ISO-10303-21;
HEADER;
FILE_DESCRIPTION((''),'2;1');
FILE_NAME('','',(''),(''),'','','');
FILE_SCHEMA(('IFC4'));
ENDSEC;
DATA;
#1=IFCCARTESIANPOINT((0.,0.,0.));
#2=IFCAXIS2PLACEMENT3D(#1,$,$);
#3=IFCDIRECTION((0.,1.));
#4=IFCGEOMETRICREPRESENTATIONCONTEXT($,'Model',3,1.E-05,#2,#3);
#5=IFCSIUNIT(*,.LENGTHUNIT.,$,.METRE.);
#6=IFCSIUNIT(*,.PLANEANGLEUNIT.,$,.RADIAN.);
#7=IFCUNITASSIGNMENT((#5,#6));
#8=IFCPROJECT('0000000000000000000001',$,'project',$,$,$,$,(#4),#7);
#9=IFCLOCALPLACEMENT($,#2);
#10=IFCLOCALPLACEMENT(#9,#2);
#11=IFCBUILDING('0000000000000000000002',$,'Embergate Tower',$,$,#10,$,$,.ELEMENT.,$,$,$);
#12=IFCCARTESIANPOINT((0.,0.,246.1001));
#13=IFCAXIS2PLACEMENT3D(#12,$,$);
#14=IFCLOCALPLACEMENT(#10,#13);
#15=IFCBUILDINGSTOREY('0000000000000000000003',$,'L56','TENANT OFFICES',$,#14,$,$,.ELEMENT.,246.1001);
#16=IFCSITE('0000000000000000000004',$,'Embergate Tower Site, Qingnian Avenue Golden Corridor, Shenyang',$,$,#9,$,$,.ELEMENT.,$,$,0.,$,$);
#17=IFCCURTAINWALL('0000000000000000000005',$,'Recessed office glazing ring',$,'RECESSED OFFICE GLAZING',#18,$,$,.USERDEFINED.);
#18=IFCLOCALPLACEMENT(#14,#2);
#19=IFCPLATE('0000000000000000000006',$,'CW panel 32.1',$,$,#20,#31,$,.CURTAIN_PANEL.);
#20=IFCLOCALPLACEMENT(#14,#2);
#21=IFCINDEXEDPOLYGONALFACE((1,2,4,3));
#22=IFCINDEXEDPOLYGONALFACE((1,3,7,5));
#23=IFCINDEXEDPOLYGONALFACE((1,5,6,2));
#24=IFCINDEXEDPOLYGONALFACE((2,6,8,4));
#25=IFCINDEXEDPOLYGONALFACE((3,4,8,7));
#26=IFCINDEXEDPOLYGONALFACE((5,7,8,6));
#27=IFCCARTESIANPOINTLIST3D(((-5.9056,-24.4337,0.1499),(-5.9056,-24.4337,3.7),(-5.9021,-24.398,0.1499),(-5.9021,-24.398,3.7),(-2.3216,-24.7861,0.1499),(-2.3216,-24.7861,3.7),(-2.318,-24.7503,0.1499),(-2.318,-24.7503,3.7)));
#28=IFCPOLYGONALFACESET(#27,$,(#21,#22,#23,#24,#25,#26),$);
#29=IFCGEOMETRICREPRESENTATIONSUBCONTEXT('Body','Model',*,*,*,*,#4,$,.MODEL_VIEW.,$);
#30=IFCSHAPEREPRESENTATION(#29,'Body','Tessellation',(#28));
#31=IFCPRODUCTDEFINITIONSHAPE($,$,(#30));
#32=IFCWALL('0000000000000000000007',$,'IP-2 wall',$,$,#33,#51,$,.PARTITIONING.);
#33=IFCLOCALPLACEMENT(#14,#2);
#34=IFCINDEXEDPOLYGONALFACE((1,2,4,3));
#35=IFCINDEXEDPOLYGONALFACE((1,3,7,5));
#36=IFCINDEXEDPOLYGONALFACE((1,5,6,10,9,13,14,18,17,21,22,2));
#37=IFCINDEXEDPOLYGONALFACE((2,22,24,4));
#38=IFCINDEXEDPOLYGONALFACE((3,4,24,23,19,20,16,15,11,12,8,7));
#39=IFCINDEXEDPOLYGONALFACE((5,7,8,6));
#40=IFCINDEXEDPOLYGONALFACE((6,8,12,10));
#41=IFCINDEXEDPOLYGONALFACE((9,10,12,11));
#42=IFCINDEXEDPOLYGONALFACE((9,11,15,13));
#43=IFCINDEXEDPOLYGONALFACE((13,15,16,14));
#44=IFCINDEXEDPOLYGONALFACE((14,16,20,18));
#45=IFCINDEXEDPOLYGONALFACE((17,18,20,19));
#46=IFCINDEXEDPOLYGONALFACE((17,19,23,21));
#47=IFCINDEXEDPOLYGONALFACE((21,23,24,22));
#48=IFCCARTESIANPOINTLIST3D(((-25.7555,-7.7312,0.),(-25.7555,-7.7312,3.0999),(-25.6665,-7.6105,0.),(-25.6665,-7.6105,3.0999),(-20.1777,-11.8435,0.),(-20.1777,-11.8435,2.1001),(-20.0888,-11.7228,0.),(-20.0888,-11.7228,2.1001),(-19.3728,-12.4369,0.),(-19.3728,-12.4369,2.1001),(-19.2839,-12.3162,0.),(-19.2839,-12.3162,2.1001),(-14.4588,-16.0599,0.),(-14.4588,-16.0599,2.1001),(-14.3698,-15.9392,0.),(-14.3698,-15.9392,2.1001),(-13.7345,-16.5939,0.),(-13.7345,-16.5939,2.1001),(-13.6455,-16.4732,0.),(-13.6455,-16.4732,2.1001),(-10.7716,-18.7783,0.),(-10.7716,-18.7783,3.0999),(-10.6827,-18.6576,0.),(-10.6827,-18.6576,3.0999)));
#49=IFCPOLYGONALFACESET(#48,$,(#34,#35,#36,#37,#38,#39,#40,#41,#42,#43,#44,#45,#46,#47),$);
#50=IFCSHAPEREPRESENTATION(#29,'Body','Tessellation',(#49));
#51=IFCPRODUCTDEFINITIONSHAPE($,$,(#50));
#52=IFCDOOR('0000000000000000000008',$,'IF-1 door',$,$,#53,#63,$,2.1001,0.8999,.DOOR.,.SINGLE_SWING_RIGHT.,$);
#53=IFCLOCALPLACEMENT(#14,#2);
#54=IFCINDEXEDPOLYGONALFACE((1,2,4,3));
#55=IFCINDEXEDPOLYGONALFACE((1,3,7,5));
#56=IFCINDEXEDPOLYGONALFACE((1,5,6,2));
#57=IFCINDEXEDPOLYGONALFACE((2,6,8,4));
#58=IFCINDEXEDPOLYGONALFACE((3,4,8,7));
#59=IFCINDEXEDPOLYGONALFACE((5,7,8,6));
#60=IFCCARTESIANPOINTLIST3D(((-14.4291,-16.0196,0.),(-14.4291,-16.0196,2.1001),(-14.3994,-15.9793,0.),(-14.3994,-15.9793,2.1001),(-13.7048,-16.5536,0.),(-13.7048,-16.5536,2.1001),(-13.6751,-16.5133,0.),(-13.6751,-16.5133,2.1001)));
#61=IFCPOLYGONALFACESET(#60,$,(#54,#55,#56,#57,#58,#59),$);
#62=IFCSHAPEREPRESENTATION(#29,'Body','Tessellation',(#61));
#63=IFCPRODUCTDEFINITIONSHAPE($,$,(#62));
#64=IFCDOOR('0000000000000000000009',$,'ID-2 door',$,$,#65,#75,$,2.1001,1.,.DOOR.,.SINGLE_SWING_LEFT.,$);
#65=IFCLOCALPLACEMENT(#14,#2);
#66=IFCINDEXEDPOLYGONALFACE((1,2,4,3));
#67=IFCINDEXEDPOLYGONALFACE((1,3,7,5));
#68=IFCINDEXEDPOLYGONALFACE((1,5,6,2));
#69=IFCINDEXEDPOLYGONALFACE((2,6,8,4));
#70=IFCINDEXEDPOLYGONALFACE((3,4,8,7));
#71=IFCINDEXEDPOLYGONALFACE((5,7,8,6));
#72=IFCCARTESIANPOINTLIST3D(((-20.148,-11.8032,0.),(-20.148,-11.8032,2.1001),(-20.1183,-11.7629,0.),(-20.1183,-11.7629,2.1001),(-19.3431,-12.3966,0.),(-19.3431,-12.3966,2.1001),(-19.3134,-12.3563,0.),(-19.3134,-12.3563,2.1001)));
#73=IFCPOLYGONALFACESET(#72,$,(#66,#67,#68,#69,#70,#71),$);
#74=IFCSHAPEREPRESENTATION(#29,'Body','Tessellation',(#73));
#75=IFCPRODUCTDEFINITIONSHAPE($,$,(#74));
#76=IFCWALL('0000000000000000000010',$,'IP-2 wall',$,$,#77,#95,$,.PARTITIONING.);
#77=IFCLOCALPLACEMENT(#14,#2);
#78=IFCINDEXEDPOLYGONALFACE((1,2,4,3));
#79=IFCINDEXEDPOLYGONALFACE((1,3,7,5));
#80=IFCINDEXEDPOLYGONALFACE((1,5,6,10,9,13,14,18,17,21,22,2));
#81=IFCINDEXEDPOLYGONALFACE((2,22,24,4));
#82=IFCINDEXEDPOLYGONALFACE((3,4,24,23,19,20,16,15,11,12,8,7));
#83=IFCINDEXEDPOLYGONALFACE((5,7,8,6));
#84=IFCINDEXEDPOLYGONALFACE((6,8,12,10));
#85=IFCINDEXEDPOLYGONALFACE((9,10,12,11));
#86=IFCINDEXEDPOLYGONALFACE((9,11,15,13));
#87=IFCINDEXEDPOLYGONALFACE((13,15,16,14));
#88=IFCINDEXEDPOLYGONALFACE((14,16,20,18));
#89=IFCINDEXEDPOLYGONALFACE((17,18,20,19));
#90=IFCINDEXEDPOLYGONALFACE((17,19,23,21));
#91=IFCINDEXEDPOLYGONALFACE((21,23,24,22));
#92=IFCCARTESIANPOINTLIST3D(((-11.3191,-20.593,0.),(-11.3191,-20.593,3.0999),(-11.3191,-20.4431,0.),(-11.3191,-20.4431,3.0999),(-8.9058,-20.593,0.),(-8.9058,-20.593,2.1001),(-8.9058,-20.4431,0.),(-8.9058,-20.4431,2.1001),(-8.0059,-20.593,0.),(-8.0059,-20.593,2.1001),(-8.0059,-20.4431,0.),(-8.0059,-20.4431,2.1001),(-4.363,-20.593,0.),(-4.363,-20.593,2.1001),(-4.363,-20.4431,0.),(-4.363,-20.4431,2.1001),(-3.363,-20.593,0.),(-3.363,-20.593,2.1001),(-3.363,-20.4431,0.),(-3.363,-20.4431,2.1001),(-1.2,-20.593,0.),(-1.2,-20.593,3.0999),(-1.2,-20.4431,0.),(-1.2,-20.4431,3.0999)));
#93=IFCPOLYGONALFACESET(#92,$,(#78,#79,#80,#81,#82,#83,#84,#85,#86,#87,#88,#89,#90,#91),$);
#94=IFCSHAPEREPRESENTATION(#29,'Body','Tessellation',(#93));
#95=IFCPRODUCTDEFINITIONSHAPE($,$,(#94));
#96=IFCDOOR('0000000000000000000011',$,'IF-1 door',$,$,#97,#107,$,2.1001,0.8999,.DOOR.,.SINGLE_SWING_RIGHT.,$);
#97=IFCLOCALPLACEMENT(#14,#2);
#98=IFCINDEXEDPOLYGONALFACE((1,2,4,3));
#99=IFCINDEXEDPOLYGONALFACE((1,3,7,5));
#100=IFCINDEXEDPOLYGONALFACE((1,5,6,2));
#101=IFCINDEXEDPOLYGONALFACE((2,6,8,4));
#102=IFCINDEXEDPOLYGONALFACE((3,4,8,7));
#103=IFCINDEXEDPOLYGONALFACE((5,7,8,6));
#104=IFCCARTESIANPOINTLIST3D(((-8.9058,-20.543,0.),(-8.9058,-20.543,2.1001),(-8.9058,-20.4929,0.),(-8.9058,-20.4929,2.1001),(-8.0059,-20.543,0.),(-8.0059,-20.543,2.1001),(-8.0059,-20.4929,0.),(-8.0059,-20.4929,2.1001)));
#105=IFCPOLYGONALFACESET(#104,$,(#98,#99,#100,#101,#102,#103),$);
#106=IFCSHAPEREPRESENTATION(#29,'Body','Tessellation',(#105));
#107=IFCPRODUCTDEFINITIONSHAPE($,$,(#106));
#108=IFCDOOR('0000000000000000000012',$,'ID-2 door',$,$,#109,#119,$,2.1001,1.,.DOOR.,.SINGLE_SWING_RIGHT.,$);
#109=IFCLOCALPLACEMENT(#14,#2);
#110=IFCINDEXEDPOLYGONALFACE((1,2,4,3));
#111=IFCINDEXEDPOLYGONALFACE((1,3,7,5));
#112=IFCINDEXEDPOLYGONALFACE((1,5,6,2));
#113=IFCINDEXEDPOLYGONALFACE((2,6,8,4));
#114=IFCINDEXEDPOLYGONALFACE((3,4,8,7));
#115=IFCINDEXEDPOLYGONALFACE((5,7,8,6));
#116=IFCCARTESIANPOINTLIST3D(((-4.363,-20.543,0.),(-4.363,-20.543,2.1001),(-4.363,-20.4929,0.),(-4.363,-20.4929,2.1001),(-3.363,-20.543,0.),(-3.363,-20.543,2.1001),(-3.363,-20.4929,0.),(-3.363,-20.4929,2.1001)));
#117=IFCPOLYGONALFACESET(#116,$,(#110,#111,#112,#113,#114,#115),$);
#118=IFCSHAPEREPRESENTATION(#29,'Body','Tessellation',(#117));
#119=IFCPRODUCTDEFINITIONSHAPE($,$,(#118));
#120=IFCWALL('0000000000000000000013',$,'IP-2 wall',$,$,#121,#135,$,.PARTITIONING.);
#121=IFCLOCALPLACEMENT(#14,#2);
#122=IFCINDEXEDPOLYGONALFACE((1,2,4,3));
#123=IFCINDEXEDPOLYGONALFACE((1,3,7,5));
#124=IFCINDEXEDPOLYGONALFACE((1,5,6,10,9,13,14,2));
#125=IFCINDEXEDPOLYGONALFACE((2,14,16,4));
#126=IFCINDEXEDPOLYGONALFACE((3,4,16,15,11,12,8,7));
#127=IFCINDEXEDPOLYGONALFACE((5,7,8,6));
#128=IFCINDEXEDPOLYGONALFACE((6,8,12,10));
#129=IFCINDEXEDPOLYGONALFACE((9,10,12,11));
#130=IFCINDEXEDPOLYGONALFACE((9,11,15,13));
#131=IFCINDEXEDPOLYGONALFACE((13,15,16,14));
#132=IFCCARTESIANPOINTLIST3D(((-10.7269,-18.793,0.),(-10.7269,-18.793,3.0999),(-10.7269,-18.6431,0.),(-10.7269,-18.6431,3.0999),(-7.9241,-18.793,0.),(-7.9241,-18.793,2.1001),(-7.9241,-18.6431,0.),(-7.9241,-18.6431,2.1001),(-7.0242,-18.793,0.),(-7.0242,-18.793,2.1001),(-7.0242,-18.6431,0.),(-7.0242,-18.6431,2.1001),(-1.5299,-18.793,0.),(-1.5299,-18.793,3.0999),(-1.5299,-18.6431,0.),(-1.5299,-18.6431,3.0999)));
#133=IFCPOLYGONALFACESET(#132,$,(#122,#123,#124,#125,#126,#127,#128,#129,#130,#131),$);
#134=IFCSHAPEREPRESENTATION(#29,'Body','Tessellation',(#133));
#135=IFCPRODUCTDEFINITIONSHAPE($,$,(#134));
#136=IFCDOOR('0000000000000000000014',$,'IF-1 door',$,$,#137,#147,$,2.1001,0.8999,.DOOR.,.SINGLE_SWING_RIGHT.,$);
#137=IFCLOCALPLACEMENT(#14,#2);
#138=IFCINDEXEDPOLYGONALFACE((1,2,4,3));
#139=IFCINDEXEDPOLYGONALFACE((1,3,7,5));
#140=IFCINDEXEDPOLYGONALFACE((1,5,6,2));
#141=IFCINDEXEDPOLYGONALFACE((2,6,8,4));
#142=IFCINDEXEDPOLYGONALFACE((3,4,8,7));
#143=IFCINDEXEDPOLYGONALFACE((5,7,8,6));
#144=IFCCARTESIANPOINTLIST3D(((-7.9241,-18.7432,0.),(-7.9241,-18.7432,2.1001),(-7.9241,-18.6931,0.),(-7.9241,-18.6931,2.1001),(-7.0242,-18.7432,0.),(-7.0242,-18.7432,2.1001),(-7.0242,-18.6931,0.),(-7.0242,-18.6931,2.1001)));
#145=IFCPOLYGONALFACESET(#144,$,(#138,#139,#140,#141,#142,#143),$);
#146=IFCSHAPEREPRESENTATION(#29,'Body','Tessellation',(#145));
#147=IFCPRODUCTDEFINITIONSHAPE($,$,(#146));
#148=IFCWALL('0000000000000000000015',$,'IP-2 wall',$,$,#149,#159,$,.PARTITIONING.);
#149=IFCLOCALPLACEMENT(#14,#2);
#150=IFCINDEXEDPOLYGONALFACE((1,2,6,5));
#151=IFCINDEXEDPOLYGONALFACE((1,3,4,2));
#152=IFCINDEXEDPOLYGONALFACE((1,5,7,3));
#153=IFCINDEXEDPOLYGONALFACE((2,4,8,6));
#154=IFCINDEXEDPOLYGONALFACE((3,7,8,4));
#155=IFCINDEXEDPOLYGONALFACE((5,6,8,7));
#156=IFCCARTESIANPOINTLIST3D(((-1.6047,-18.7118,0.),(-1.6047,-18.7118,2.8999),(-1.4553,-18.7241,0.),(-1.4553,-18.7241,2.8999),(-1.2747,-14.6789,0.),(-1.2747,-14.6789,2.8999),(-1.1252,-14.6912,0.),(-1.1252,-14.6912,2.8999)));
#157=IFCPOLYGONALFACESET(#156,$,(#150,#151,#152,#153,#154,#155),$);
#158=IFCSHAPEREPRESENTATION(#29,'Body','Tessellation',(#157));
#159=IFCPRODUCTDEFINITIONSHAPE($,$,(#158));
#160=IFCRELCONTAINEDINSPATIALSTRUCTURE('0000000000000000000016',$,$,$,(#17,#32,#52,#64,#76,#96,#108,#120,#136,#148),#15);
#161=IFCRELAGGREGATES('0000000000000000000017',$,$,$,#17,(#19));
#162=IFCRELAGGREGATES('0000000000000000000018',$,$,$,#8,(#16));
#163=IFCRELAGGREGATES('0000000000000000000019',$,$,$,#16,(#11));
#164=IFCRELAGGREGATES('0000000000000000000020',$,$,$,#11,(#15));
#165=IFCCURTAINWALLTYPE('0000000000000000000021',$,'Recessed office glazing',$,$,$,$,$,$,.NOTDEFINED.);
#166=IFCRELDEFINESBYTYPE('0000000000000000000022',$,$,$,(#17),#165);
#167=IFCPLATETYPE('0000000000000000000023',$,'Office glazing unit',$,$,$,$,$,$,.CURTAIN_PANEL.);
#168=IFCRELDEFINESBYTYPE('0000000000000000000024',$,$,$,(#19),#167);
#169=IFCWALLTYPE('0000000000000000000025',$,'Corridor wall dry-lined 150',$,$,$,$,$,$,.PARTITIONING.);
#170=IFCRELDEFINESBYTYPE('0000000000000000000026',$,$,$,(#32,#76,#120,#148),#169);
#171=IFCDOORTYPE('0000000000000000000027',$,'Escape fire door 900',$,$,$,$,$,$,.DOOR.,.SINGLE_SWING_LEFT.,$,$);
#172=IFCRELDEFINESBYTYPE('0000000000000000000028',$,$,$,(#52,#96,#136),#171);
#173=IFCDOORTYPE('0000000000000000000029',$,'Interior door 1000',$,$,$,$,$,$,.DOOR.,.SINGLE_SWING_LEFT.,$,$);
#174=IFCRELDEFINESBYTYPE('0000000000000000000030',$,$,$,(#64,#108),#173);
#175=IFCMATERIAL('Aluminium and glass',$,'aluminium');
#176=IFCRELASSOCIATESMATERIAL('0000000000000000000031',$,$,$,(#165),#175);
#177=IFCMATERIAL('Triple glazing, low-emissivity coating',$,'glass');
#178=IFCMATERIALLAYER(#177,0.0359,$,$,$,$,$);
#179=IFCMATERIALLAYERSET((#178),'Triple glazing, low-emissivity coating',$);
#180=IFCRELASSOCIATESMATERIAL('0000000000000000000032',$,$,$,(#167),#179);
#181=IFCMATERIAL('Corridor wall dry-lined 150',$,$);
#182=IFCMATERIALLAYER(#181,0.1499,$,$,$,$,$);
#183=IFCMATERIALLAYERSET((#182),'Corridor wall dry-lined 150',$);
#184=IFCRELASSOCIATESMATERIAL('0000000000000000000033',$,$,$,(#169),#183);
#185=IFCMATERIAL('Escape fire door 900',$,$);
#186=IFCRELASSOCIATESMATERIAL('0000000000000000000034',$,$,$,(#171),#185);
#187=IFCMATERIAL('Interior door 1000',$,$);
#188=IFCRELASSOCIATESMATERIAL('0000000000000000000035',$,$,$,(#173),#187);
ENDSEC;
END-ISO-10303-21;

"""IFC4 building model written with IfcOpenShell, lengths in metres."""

from ifc_helpers import new_model, si_unit, direction, frame, frame_2d, origin, origin_2d, place, context, subcontext, project, spatial, rectangle, extrude, source, transform, mapped, material, layer, layer_set, type_object, element, fill, aggregate, save


model = new_model("IFC4")

# Units and contexts
model_context = context("Model", 3, precision=1e-05, world=origin(), true_north=direction((0.0, 1.0)))
body_context = subcontext(model_context, "Body", "Model", "MODEL_VIEW")
ifc_project = project(units=[si_unit("LENGTHUNIT", "METRE"), si_unit("PLANEANGLEUNIT", "RADIAN")], contexts=[model_context])

# Site, building, storey
site_placement = place(None, origin())
site = spatial("IfcSite", under=ifc_project, at=site_placement, Name="Embergate Tower Site, Qingnian Avenue Golden Corridor, Shenyang", CompositionType="ELEMENT", RefElevation=0.0)
building_placement = place(site_placement, origin())
building = spatial("IfcBuilding", under=site, at=building_placement, Name="Embergate Tower", CompositionType="ELEMENT")
storey_placement = place(building_placement, frame((0.0, 0.0, 246.1001)))
storey = spatial("IfcBuildingStorey", under=building, at=storey_placement, Name="L56", Description="TENANT OFFICES", CompositionType="ELEMENT", Elevation=246.1001)

# Curtain wall, plate
ifc_material_1 = material(Name="Aluminium and glass", Category="aluminium")
curtain_wall_type = type_object("IfcCurtainWallType", Name="Recessed office glazing", PredefinedType="NOTDEFINED", material=ifc_material_1)
curtain_wall_placement = place(storey_placement, origin())
curtain_wall = element("IfcCurtainWall", 1, at=curtain_wall_placement, inside=storey, type_object=curtain_wall_type, Name="Recessed office glazing ring", ObjectType="RECESSED OFFICE GLAZING", PredefinedType="USERDEFINED")
ifc_material_2 = material(Name="Triple glazing, low-emissivity coating", Category="glass")
ifc_layer_1 = layer(ifc_material_2, 0.0359)
ifc_layer_set_1 = layer_set([ifc_layer_1], Name="Triple glazing, low-emissivity coating")
plate_type = type_object("IfcPlateType", Name="Office glazing unit", PredefinedType="CURTAIN_PANEL", material=ifc_layer_set_1)
shared_shape_1 = source(origin(), body_context, "Body", "SweptSolid", [
    extrude(rectangle(XDim=3.6013, YDim=0.0359, at=origin_2d()), origin(), (0.0, 0.0, 1.0), 3.55),
])
plate_1_placement = place(storey_placement, frame((-4.1118, -24.592, 0.1499), z_axis=(0.0, 0.0, 1.0), x_axis=(0.995203, -0.09783, 0.0)))
plate_1 = element("IfcPlate", 2, at=plate_1_placement, type_object=plate_type, Name="CW panel 32.1", PredefinedType="CURTAIN_PANEL", context=body_context, shape_type="MappedRepresentation", body=[
    mapped(shared_shape_1, transform((0.0, 0.0, 0.0))),
])
aggregate(curtain_wall, [plate_1])

# Walls, openings, doors
ifc_material_3 = material(Name="Corridor wall dry-lined 150")
ifc_layer_2 = layer(ifc_material_3, 0.1499)
ifc_layer_set_2 = layer_set([ifc_layer_2], Name="Corridor wall dry-lined 150")
wall_type_1 = type_object("IfcWallType", Name="Corridor wall dry-lined 150", PredefinedType="PARTITIONING", material=ifc_layer_set_2)
shared_shape_2 = source(origin(), body_context, "Body", "SweptSolid", [
    extrude(rectangle(XDim=18.616, YDim=0.1499, at=frame_2d((9.3081, 0.0))), origin(), (0.0, 0.0, 1.0), 3.0999),
])
wall_1_placement = place(storey_placement, frame((-10.7271, -18.718, 0.0), z_axis=(0.0, 0.0, 1.0), x_axis=(-0.804893, 0.59342, 0.0)))
wall_1 = element("IfcWall", 3, at=wall_1_placement, inside=storey, type_object=wall_type_1, Name="IP-2 wall", PredefinedType="PARTITIONING", context=body_context, shape_type="MappedRepresentation", body=[
    mapped(shared_shape_2, transform((0.0, 0.0, 0.0))),
])
shared_shape_3 = source(origin(), body_context, "Body", "SweptSolid", [
    extrude(rectangle(XDim=1.0, YDim=2.1001, at=frame_2d((0.5, 1.05))), frame((0.0, 0.085, 0.0), z_axis=(0.0, -1.0, 0.0), x_axis=(1.0, 0.0, 0.0)), (0.0, 0.0, 1.0), 0.1699),
])
opening_1_placement = place(wall_1_placement, frame((10.6863, 0.0, 0.0)))
opening_1 = element("IfcOpeningElement", 4, at=opening_1_placement, cuts=wall_1, PredefinedType="OPENING", context=body_context, shape_type="MappedRepresentation", body=[
    mapped(shared_shape_3, transform((0.0, 0.0, 0.0))),
])
shared_shape_4 = source(origin(), body_context, "Body", "SweptSolid", [
    extrude(rectangle(XDim=0.8999, YDim=2.1001, at=frame_2d((0.45, 1.05))), frame((0.0, 0.085, 0.0), z_axis=(0.0, -1.0, 0.0), x_axis=(1.0, 0.0, 0.0)), (0.0, 0.0, 1.0), 0.1699),
])
opening_2_placement = place(wall_1_placement, frame((3.6812, 0.0, 0.0)))
opening_2 = element("IfcOpeningElement", 5, at=opening_2_placement, cuts=wall_1, PredefinedType="OPENING", context=body_context, shape_type="MappedRepresentation", body=[
    mapped(shared_shape_4, transform((0.0, 0.0, 0.0))),
])
ifc_material_4 = material(Name="Escape fire door 900")
door_type_1 = type_object("IfcDoorType", Name="Escape fire door 900", OperationType="SINGLE_SWING_LEFT", PredefinedType="DOOR", material=ifc_material_4)
shared_shape_5 = source(origin(), body_context, "Body", "SweptSolid", [
    extrude(rectangle(XDim=0.8999, YDim=2.1001, at=frame_2d((0.45, 1.05))), frame((0.0, 0.0249, 0.0), z_axis=(0.0, -1.0, 0.0), x_axis=(1.0, 0.0, 0.0)), (0.0, 0.0, 1.0), 0.05),
])
door_1_placement = place(opening_2_placement, origin())
door_1 = element("IfcDoor", 6, at=door_1_placement, inside=storey, type_object=door_type_1, Name="IF-1 door", OperationType="SINGLE_SWING_RIGHT", OverallHeight=2.1001, OverallWidth=0.8999, PredefinedType="DOOR", context=body_context, shape_type="MappedRepresentation", body=[
    mapped(shared_shape_5, transform((0.0, 0.0, 0.0))),
])
fill(opening_2, door_1)
ifc_material_5 = material(Name="Interior door 1000")
door_type_2 = type_object("IfcDoorType", Name="Interior door 1000", OperationType="SINGLE_SWING_LEFT", PredefinedType="DOOR", material=ifc_material_5)
shared_shape_6 = source(origin(), body_context, "Body", "SweptSolid", [
    extrude(rectangle(XDim=1.0, YDim=2.1001, at=frame_2d((0.5, 1.05))), frame((0.0, 0.0249, 0.0), z_axis=(0.0, -1.0, 0.0), x_axis=(1.0, 0.0, 0.0)), (0.0, 0.0, 1.0), 0.05),
])
door_2_placement = place(opening_1_placement, origin())
door_2 = element("IfcDoor", 7, at=door_2_placement, inside=storey, type_object=door_type_2, Name="ID-2 door", OperationType="SINGLE_SWING_LEFT", OverallHeight=2.1001, OverallWidth=1.0, PredefinedType="DOOR", context=body_context, shape_type="MappedRepresentation", body=[
    mapped(shared_shape_6, transform((0.0, 0.0, 0.0))),
])
fill(opening_1, door_2)
shared_shape_7 = source(origin(), body_context, "Body", "SweptSolid", [
    extrude(rectangle(XDim=10.1191, YDim=0.1499, at=frame_2d((5.0596, 0.0))), origin(), (0.0, 0.0, 1.0), 3.0999),
])
wall_2_placement = place(storey_placement, frame((-1.2, -20.5181, 0.0), z_axis=(0.0, 0.0, 1.0), x_axis=(-1.0, 0.0, 0.0)))
wall_2 = element("IfcWall", 8, at=wall_2_placement, inside=storey, type_object=wall_type_1, Name="IP-2 wall", PredefinedType="PARTITIONING", context=body_context, shape_type="MappedRepresentation", body=[
    mapped(shared_shape_7, transform((0.0, 0.0, 0.0))),
])
opening_3_placement = place(wall_2_placement, frame((6.8059, 0.0, 0.0)))
opening_3 = element("IfcOpeningElement", 9, at=opening_3_placement, cuts=wall_2, PredefinedType="OPENING", context=body_context, shape_type="MappedRepresentation", body=[
    mapped(shared_shape_4, transform((0.0, 0.0, 0.0))),
])
opening_4_placement = place(wall_2_placement, frame((2.1631, 0.0, 0.0)))
opening_4 = element("IfcOpeningElement", 10, at=opening_4_placement, cuts=wall_2, PredefinedType="OPENING", context=body_context, shape_type="MappedRepresentation", body=[
    mapped(shared_shape_3, transform((0.0, 0.0, 0.0))),
])
door_3_placement = place(opening_3_placement, origin())
door_3 = element("IfcDoor", 11, at=door_3_placement, inside=storey, type_object=door_type_1, Name="IF-1 door", OperationType="SINGLE_SWING_RIGHT", OverallHeight=2.1001, OverallWidth=0.8999, PredefinedType="DOOR", context=body_context, shape_type="MappedRepresentation", body=[
    mapped(shared_shape_5, transform((0.0, 0.0, 0.0))),
])
fill(opening_3, door_3)
door_4_placement = place(opening_4_placement, origin())
door_4 = element("IfcDoor", 12, at=door_4_placement, inside=storey, type_object=door_type_2, Name="ID-2 door", OperationType="SINGLE_SWING_RIGHT", OverallHeight=2.1001, OverallWidth=1.0, PredefinedType="DOOR", context=body_context, shape_type="MappedRepresentation", body=[
    mapped(shared_shape_6, transform((0.0, 0.0, 0.0))),
])
fill(opening_4, door_4)

# Wall, opening, door
shared_shape_8 = source(origin(), body_context, "Body", "SweptSolid", [
    extrude(rectangle(XDim=9.197, YDim=0.1499, at=frame_2d((4.5986, 0.0))), origin(), (0.0, 0.0, 1.0), 3.0999),
])
wall_3_placement = place(storey_placement, frame((-10.7271, -18.718, 0.0), z_axis=(0.0, 0.0, 1.0), x_axis=(1.0, 0.0, 0.0)))
wall_3 = element("IfcWall", 13, at=wall_3_placement, inside=storey, type_object=wall_type_1, Name="IP-2 wall", PredefinedType="PARTITIONING", context=body_context, shape_type="MappedRepresentation", body=[
    mapped(shared_shape_8, transform((0.0, 0.0, 0.0))),
])
opening_5_placement = place(wall_3_placement, frame((2.803, 0.0, 0.0)))
opening_5 = element("IfcOpeningElement", 14, at=opening_5_placement, cuts=wall_3, PredefinedType="OPENING", context=body_context, shape_type="MappedRepresentation", body=[
    mapped(shared_shape_4, transform((0.0, 0.0, 0.0))),
])
door_5_placement = place(opening_5_placement, origin())
door_5 = element("IfcDoor", 15, at=door_5_placement, inside=storey, type_object=door_type_1, Name="IF-1 door", OperationType="SINGLE_SWING_RIGHT", OverallHeight=2.1001, OverallWidth=0.8999, PredefinedType="DOOR", context=body_context, shape_type="MappedRepresentation", body=[
    mapped(shared_shape_5, transform((0.0, 0.0, 0.0))),
])
fill(opening_5, door_5)

# Wall
shared_shape_9 = source(origin(), body_context, "Body", "SweptSolid", [
    extrude(rectangle(XDim=4.0464, YDim=0.1499, at=frame_2d((2.0232, 0.0))), origin(), (0.0, 0.0, 1.0), 2.8999),
])
wall_4_placement = place(storey_placement, frame((-1.2, -14.6851, 0.0), z_axis=(0.0, 0.0, 1.0), x_axis=(-0.081572, -0.996667, 0.0)))
element("IfcWall", 16, at=wall_4_placement, inside=storey, type_object=wall_type_1, Name="IP-2 wall", PredefinedType="PARTITIONING", context=body_context, shape_type="MappedRepresentation", body=[
    mapped(shared_shape_9, transform((0.0, 0.0, 0.0))),
])

save(model, "model.ifc")
